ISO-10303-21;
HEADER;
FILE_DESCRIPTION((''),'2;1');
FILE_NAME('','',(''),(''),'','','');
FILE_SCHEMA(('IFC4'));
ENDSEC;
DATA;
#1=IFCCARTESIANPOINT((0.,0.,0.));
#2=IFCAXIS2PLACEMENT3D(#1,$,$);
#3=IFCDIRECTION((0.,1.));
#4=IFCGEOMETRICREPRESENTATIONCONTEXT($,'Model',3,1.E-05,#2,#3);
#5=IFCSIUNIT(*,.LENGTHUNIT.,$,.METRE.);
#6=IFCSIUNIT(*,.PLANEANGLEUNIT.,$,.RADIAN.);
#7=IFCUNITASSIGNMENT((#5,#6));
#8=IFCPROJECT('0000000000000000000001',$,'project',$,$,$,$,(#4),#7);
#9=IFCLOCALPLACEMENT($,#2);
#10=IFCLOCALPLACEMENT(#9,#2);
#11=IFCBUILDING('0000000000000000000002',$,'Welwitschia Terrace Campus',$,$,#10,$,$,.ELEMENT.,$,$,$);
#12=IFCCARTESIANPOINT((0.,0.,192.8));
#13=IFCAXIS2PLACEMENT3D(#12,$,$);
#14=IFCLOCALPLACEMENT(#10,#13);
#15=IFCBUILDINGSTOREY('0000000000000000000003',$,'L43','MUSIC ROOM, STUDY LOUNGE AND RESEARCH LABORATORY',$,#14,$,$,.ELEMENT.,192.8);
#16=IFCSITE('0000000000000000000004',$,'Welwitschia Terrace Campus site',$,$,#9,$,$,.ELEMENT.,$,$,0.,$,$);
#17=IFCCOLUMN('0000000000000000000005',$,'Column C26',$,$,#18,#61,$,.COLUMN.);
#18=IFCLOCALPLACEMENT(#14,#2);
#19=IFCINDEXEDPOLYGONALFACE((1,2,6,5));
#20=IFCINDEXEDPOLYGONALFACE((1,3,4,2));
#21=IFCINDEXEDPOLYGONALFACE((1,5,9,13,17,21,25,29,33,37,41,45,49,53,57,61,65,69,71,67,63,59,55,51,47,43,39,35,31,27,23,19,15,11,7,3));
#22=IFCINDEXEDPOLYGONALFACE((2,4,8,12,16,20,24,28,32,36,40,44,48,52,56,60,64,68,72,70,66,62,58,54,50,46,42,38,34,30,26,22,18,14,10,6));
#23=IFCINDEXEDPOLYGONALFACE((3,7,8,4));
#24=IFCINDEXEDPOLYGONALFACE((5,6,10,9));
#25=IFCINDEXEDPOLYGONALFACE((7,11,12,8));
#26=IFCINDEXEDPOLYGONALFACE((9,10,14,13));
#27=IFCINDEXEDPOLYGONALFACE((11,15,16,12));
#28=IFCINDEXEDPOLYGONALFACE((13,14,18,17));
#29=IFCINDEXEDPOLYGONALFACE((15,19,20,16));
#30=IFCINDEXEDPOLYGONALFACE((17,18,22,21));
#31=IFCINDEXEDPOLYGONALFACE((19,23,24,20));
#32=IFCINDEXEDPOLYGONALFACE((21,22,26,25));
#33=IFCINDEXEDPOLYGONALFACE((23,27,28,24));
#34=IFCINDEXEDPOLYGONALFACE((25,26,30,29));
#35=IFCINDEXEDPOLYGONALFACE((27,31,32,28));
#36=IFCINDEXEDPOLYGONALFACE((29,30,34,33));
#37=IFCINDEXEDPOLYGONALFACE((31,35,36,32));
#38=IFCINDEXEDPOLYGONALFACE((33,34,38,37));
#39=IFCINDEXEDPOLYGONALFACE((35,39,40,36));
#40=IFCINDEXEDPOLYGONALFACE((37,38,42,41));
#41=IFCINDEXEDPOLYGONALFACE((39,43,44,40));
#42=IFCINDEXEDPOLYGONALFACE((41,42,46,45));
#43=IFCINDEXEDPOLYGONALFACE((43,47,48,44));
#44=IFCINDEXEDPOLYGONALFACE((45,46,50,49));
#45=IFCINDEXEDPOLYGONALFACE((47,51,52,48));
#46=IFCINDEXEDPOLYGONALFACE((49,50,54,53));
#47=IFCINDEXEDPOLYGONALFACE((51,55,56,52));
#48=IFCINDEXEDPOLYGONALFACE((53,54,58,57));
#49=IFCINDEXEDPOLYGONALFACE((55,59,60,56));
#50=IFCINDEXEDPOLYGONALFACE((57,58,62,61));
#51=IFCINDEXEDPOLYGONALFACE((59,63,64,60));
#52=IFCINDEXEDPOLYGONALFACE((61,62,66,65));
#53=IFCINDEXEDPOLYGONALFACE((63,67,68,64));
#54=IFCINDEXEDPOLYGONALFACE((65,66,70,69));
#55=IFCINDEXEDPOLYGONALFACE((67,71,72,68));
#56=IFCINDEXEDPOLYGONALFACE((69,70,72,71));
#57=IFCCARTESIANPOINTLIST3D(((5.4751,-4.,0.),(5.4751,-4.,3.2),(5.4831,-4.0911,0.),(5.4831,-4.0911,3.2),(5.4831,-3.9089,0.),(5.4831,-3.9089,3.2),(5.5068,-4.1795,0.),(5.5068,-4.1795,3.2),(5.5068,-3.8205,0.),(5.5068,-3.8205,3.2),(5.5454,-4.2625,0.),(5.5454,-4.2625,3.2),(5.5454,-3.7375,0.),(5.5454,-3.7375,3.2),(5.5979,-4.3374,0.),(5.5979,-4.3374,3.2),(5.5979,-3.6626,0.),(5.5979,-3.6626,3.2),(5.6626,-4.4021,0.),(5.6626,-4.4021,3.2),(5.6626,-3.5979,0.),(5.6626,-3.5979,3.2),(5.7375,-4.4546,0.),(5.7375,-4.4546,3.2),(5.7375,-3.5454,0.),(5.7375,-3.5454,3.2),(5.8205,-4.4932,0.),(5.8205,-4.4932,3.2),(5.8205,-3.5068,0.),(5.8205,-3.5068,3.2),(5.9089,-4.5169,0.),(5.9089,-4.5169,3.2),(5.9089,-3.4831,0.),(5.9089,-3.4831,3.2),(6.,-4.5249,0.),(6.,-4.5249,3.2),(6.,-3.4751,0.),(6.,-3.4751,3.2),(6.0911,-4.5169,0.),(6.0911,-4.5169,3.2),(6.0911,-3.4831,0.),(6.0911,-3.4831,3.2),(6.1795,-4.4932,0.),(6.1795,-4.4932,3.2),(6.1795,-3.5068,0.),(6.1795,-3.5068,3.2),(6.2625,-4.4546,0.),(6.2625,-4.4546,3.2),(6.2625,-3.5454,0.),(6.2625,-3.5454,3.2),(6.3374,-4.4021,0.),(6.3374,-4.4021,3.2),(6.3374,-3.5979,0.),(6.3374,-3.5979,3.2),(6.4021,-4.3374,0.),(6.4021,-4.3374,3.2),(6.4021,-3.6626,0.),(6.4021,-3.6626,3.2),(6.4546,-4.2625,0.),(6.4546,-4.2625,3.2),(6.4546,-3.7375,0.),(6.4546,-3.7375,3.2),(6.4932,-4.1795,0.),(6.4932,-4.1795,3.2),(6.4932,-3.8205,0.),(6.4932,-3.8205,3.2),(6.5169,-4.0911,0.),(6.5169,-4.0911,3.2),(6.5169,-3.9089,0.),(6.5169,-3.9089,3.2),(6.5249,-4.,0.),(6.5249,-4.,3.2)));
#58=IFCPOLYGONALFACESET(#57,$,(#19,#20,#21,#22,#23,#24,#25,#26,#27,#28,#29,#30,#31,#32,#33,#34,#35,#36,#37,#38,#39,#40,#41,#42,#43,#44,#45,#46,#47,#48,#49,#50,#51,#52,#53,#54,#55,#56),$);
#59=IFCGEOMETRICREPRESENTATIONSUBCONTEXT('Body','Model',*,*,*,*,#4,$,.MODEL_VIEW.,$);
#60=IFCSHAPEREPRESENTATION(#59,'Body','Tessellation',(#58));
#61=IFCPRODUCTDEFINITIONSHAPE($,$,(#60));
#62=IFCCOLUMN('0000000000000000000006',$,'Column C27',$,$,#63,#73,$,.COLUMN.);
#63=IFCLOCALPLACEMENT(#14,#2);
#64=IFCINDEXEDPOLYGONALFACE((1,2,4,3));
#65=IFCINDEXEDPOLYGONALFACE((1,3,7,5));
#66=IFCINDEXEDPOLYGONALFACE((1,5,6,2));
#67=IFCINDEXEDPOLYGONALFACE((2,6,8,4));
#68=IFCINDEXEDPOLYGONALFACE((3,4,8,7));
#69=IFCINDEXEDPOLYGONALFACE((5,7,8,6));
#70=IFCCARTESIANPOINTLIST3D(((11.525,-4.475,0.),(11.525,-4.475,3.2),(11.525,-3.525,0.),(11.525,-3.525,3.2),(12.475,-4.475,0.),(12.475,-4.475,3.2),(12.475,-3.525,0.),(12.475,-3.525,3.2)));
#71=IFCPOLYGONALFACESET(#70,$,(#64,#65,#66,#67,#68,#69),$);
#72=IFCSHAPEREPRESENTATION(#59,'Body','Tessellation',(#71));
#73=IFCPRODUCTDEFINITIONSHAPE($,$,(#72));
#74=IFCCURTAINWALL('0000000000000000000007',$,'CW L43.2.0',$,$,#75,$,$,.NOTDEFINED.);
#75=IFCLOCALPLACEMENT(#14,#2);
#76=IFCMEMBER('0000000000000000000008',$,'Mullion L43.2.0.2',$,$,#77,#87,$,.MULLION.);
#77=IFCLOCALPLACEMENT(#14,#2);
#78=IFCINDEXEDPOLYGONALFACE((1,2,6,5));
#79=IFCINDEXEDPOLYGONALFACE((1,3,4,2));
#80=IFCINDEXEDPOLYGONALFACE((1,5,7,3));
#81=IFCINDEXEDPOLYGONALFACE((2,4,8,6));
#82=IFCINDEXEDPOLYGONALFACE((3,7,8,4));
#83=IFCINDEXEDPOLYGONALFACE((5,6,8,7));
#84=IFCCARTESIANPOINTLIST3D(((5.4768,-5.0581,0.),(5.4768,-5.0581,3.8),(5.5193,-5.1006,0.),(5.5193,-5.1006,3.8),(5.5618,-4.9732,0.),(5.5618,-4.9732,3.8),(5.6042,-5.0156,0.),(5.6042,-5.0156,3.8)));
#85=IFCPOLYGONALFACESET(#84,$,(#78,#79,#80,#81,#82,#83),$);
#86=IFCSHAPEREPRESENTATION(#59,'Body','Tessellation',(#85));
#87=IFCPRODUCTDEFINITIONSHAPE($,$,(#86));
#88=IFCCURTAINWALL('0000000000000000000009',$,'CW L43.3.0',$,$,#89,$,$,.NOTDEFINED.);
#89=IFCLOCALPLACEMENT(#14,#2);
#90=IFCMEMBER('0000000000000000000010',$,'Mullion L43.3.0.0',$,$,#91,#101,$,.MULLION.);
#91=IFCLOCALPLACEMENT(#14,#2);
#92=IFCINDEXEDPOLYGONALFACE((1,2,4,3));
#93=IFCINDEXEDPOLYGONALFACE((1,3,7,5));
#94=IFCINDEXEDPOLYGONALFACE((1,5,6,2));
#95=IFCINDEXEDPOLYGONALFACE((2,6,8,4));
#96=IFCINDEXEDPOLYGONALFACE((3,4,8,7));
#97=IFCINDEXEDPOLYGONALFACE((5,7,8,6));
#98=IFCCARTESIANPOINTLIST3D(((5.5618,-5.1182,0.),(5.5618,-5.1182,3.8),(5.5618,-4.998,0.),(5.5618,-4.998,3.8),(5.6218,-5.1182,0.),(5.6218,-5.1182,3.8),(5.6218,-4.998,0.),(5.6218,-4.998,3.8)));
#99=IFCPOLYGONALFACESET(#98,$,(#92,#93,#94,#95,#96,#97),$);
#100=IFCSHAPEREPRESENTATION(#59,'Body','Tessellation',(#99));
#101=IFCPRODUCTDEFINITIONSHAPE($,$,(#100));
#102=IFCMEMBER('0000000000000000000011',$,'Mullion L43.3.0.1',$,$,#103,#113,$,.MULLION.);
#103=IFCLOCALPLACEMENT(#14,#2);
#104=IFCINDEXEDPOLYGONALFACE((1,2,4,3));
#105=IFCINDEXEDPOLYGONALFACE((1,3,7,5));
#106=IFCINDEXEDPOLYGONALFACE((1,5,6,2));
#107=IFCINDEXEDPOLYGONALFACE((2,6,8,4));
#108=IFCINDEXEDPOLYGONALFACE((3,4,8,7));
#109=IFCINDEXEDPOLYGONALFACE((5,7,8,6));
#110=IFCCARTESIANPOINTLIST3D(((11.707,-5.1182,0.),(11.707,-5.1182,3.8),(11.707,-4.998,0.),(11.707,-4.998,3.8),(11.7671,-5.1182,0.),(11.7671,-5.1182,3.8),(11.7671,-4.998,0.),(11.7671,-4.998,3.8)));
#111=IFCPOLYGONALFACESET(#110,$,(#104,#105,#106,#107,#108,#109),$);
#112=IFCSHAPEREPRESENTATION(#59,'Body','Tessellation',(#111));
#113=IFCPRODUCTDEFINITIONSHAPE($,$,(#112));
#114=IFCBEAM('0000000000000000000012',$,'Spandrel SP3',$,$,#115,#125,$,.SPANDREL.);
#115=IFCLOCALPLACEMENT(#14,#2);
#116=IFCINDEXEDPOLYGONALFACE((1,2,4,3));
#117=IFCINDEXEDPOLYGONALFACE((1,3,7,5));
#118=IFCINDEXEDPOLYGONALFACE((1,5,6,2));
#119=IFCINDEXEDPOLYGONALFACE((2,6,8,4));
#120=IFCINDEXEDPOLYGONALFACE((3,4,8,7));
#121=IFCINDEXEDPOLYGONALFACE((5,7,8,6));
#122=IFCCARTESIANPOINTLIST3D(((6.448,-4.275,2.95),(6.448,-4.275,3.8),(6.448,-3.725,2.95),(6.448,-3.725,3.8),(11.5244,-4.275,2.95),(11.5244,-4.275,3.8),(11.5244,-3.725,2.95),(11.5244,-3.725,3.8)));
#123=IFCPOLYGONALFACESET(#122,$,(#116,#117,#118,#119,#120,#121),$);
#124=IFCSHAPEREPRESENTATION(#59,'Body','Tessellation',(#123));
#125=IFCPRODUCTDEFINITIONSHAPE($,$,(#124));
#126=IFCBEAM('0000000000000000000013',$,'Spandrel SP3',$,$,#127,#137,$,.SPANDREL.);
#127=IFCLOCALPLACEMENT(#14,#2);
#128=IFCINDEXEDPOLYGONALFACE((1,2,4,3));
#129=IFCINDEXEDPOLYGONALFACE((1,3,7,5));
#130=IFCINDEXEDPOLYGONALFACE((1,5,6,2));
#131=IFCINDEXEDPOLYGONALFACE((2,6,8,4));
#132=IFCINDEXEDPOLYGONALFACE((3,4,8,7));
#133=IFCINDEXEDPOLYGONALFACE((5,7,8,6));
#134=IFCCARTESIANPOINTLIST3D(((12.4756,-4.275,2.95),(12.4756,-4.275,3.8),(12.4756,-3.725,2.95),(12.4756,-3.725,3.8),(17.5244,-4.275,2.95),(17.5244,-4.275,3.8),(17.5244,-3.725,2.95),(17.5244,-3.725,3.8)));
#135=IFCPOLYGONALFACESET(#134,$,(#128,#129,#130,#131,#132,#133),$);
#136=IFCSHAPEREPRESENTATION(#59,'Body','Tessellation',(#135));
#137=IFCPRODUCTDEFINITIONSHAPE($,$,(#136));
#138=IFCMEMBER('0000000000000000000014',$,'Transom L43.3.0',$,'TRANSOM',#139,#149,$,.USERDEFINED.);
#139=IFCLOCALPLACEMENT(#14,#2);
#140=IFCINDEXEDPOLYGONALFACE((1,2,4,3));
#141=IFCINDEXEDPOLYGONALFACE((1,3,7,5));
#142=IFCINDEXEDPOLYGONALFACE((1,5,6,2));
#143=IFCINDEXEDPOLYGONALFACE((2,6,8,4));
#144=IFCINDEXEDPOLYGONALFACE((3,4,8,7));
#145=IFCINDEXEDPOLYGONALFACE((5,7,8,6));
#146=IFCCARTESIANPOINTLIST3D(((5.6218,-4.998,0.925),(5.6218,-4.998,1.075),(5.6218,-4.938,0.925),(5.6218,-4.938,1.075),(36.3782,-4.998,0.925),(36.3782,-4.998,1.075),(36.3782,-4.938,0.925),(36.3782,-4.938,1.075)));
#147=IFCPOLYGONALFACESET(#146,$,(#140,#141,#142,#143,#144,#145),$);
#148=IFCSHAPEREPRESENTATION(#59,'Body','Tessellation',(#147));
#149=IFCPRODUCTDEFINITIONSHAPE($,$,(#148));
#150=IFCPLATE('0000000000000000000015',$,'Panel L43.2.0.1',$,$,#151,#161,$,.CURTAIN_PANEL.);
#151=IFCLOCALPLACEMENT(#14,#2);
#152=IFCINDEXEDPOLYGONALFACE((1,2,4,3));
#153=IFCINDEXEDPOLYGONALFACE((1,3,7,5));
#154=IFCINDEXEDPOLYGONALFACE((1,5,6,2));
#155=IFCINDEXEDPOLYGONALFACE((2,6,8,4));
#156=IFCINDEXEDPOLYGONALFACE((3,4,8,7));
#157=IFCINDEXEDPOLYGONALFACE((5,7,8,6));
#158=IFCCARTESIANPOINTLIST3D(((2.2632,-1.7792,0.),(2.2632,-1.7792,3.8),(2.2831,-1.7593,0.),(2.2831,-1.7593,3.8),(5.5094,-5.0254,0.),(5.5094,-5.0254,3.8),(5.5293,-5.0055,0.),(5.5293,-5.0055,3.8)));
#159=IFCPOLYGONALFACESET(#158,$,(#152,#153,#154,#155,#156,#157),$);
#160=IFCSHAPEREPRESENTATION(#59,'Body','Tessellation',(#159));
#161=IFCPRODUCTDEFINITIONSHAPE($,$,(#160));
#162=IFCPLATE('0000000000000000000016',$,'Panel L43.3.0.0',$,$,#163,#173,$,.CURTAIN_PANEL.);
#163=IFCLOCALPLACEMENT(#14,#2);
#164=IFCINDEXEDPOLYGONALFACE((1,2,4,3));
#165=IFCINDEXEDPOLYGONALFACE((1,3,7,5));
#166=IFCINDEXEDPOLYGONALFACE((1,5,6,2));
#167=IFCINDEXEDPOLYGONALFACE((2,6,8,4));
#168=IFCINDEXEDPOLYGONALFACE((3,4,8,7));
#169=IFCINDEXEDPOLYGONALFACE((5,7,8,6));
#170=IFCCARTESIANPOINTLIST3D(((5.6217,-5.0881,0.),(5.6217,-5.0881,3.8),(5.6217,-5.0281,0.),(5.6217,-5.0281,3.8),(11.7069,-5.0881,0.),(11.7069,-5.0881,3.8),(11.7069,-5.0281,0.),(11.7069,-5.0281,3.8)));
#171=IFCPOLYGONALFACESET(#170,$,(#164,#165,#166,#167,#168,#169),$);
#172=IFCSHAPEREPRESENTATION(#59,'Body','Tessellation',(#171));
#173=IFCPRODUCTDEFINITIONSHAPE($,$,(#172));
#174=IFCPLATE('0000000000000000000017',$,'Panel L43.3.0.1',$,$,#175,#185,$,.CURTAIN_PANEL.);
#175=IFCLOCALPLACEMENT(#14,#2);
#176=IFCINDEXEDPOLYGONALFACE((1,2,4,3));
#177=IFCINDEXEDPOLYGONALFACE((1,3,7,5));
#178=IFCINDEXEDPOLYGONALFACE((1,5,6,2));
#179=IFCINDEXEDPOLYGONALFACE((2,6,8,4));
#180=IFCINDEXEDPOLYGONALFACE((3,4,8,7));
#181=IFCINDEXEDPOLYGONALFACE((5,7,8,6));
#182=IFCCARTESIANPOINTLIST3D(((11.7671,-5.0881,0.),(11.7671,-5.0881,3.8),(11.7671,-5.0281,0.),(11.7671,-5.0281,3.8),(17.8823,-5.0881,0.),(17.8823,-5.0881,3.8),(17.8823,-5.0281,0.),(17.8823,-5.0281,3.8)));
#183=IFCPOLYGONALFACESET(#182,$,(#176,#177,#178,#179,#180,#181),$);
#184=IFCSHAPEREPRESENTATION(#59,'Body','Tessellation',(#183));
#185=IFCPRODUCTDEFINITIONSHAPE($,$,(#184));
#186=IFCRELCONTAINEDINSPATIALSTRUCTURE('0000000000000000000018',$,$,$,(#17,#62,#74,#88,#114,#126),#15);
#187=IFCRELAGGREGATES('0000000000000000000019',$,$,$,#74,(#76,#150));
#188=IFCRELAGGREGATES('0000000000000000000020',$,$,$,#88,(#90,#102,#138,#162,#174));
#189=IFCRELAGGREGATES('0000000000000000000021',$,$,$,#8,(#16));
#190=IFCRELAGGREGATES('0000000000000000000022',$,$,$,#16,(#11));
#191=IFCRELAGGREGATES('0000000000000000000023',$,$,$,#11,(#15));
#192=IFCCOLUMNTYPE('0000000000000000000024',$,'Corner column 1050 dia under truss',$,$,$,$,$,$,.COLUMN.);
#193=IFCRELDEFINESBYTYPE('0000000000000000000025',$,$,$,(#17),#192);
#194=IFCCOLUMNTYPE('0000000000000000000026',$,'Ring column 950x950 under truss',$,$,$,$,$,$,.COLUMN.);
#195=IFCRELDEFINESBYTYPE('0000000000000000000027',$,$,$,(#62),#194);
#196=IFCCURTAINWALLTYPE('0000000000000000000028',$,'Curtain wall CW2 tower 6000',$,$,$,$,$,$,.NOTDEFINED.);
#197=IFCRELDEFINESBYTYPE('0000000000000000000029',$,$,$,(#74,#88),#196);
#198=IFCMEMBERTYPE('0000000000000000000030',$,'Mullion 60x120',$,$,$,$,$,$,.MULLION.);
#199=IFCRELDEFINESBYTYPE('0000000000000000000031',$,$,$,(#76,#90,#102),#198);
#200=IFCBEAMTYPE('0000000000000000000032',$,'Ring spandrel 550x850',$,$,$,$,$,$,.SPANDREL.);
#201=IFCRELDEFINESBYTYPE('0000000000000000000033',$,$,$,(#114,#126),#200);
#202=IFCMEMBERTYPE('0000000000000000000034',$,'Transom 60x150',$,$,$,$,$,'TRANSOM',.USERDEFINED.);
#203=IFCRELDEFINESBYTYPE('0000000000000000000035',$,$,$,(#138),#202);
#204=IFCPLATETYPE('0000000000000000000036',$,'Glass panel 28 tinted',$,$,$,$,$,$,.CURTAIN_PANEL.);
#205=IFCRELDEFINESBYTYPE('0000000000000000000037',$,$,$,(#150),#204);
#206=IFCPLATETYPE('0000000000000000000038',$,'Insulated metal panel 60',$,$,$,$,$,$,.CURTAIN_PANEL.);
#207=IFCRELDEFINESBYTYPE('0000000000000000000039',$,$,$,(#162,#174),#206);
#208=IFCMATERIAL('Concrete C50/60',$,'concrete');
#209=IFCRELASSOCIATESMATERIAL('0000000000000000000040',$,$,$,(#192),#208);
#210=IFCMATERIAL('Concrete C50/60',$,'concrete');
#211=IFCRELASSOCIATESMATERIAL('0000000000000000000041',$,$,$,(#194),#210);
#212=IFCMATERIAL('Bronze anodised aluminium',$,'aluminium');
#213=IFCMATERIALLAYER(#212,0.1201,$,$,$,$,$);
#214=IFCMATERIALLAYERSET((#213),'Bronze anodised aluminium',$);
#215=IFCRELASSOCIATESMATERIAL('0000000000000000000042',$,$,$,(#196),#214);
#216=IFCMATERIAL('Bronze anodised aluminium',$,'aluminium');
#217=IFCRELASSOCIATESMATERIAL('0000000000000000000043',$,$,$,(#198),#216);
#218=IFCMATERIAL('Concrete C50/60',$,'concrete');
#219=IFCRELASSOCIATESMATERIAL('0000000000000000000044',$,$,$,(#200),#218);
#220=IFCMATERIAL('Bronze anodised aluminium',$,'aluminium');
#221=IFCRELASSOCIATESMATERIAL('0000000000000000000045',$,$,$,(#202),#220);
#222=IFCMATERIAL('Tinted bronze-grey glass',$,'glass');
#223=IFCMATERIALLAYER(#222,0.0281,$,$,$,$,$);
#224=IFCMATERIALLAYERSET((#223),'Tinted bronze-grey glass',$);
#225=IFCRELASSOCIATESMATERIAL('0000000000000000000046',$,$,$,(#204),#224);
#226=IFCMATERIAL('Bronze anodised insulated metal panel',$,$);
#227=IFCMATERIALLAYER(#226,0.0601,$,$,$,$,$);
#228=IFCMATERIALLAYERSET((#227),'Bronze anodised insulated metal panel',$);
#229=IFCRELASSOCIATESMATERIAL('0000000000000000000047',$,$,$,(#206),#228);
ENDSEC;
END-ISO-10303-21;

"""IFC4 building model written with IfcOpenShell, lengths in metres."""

from ifc_helpers import new_model, si_unit, direction, frame, origin, origin_2d, place, context, subcontext, project, spatial, rectangle, circle, extrude, material, layer, layer_set, material_profile, profile_set, type_object, element, aggregate, save


model = new_model("IFC4")

# Units and contexts
model_context = context("Model", 3, precision=1e-05, world=origin(), true_north=direction((0.0, 1.0)))
body_context = subcontext(model_context, "Body", "Model", "MODEL_VIEW")
ifc_project = project(units=[si_unit("LENGTHUNIT", "METRE"), si_unit("PLANEANGLEUNIT", "RADIAN")], contexts=[model_context])

# Site, building, storey
site_placement = place(None, origin())
site = spatial("IfcSite", under=ifc_project, at=site_placement, Name="Welwitschia Terrace Campus site", CompositionType="ELEMENT", RefElevation=0.0)
building_placement = place(site_placement, origin())
building = spatial("IfcBuilding", under=site, at=building_placement, Name="Welwitschia Terrace Campus", CompositionType="ELEMENT")
storey_placement = place(building_placement, frame((0.0, 0.0, 192.8)))
storey = spatial("IfcBuildingStorey", under=building, at=storey_placement, Name="L43", Description="MUSIC ROOM, STUDY LOUNGE AND RESEARCH LABORATORY", CompositionType="ELEMENT", Elevation=192.8)

# Columns
ifc_material_1 = material(Name="Concrete C50/60", Category="concrete")
ifc_material_profile_1 = material_profile(ifc_material_1, circle(Radius=0.5249, at=origin_2d()))
ifc_profile_set_1 = profile_set([ifc_material_profile_1], Name="Concrete C50/60")
column_type_1 = type_object("IfcColumnType", Name="Corner column 1050 dia under truss", PredefinedType="COLUMN", material=ifc_profile_set_1)
column_1_placement = place(storey_placement, frame((6.0, -4.0, 0.0), z_axis=(0.0, 0.0, 1.0), x_axis=(1.0, 0.0, 0.0)))
element("IfcColumn", 1, at=column_1_placement, inside=storey, type_object=column_type_1, Name="Column C26", PredefinedType="COLUMN", context=body_context, shape_type="SweptSolid", body=[
    extrude(circle(Radius=0.5249, at=origin_2d()), origin(), (0.0, 0.0, 1.0), 3.2),
])
ifc_material_2 = material(Name="Concrete C50/60", Category="concrete")
ifc_material_profile_2 = material_profile(ifc_material_2, rectangle(XDim=0.95, YDim=0.95, at=origin_2d()))
ifc_profile_set_2 = profile_set([ifc_material_profile_2], Name="Concrete C50/60")
column_type_2 = type_object("IfcColumnType", Name="Ring column 950x950 under truss", PredefinedType="COLUMN", material=ifc_profile_set_2)
column_2_placement = place(storey_placement, frame((12.0, -4.0, 0.0), z_axis=(0.0, 0.0, 1.0), x_axis=(1.0, 0.0, 0.0)))
element("IfcColumn", 2, at=column_2_placement, inside=storey, type_object=column_type_2, Name="Column C27", PredefinedType="COLUMN", context=body_context, shape_type="SweptSolid", body=[
    extrude(rectangle(XDim=0.95, YDim=0.95, at=origin_2d()), origin(), (0.0, 0.0, 1.0), 3.2),
])

# Curtain wall, member
ifc_material_3 = material(Name="Bronze anodised aluminium", Category="aluminium")
ifc_layer_1 = layer(ifc_material_3, 0.1201)
ifc_layer_set_1 = layer_set([ifc_layer_1], Name="Bronze anodised aluminium")
curtain_wall_type = type_object("IfcCurtainWallType", Name="Curtain wall CW2 tower 6000", PredefinedType="NOTDEFINED", material=ifc_layer_set_1)
curtain_wall_1_placement = place(storey_placement, origin())
curtain_wall_1 = element("IfcCurtainWall", 3, at=curtain_wall_1_placement, inside=storey, type_object=curtain_wall_type, Name="CW L43.2.0", PredefinedType="NOTDEFINED")
ifc_material_4 = material(Name="Bronze anodised aluminium", Category="aluminium")
ifc_material_profile_3 = material_profile(ifc_material_4, rectangle(XDim=0.1201, YDim=0.0601, at=origin_2d()))
ifc_profile_set_3 = profile_set([ifc_material_profile_3], Name="Bronze anodised aluminium")
member_type_1 = type_object("IfcMemberType", Name="Mullion 60x120", PredefinedType="MULLION", material=ifc_profile_set_3)
member_1_placement = place(storey_placement, frame((5.5405, -5.0369, 0.0), z_axis=(0.0, 0.0, 1.0), x_axis=(0.707107, 0.707107, 0.0)))
member_1 = element("IfcMember", 4, at=member_1_placement, type_object=member_type_1, Name="Mullion L43.2.0.2", PredefinedType="MULLION", context=body_context, shape_type="SweptSolid", body=[
    extrude(rectangle(XDim=0.1201, YDim=0.0601, at=origin_2d()), origin(), (0.0, 0.0, 1.0), 3.8),
])

# Curtain wall, members
curtain_wall_2_placement = place(storey_placement, origin())
curtain_wall_2 = element("IfcCurtainWall", 5, at=curtain_wall_2_placement, inside=storey, type_object=curtain_wall_type, Name="CW L43.3.0", PredefinedType="NOTDEFINED")
member_2_placement = place(storey_placement, frame((5.5918, -5.0581, 0.0), z_axis=(0.0, 0.0, 1.0), x_axis=(0.0, 1.0, 0.0)))
member_2 = element("IfcMember", 6, at=member_2_placement, type_object=member_type_1, Name="Mullion L43.3.0.0", PredefinedType="MULLION", context=body_context, shape_type="SweptSolid", body=[
    extrude(rectangle(XDim=0.1201, YDim=0.0601, at=origin_2d()), origin(), (0.0, 0.0, 1.0), 3.8),
])
member_3_placement = place(storey_placement, frame((11.7371, -5.0581, 0.0), z_axis=(0.0, 0.0, 1.0), x_axis=(0.0, 1.0, 0.0)))
member_3 = element("IfcMember", 7, at=member_3_placement, type_object=member_type_1, Name="Mullion L43.3.0.1", PredefinedType="MULLION", context=body_context, shape_type="SweptSolid", body=[
    extrude(rectangle(XDim=0.1201, YDim=0.0601, at=origin_2d()), origin(), (0.0, 0.0, 1.0), 3.8),
])

# Beams
ifc_material_5 = material(Name="Concrete C50/60", Category="concrete")
ifc_material_profile_4 = material_profile(ifc_material_5, rectangle(XDim=0.55, YDim=0.8501, at=origin_2d()))
ifc_profile_set_4 = profile_set([ifc_material_profile_4], Name="Concrete C50/60")
beam_type = type_object("IfcBeamType", Name="Ring spandrel 550x850", PredefinedType="SPANDREL", material=ifc_profile_set_4)
beam_1_placement = place(storey_placement, frame((6.448, -4.0, 3.375), z_axis=(1.0, 0.0, 0.0), x_axis=(0.0, 1.0, 0.0)))
element("IfcBeam", 8, at=beam_1_placement, inside=storey, type_object=beam_type, Name="Spandrel SP3", PredefinedType="SPANDREL", context=body_context, shape_type="SweptSolid", body=[
    extrude(rectangle(XDim=0.55, YDim=0.8501, at=origin_2d()), origin(), (0.0, 0.0, 1.0), 5.0764),
])
beam_2_placement = place(storey_placement, frame((12.4756, -4.0, 3.375), z_axis=(1.0, 0.0, 0.0), x_axis=(0.0, 1.0, 0.0)))
element("IfcBeam", 9, at=beam_2_placement, inside=storey, type_object=beam_type, Name="Spandrel SP3", PredefinedType="SPANDREL", context=body_context, shape_type="SweptSolid", body=[
    extrude(rectangle(XDim=0.55, YDim=0.8501, at=origin_2d()), origin(), (0.0, 0.0, 1.0), 5.0488),
])

# Member
ifc_material_6 = material(Name="Bronze anodised aluminium", Category="aluminium")
ifc_material_profile_5 = material_profile(ifc_material_6, rectangle(XDim=0.0601, YDim=0.1499, at=origin_2d()))
ifc_profile_set_5 = profile_set([ifc_material_profile_5], Name="Bronze anodised aluminium")
member_type_2 = type_object("IfcMemberType", Name="Transom 60x150", ElementType="TRANSOM", PredefinedType="USERDEFINED", material=ifc_profile_set_5)
member_4_placement = place(storey_placement, frame((5.6218, -4.968, 1.0), z_axis=(1.0, 0.0, 0.0), x_axis=(0.0, 1.0, 0.0)))
member_4 = element("IfcMember", 10, at=member_4_placement, type_object=member_type_2, Name="Transom L43.3.0", ObjectType="TRANSOM", PredefinedType="USERDEFINED", context=body_context, shape_type="SweptSolid", body=[
    extrude(rectangle(XDim=0.0601, YDim=0.1499, at=origin_2d()), origin(), (0.0, 0.0, 1.0), 30.7563),
])

# Plates
ifc_material_7 = material(Name="Tinted bronze-grey glass", Category="glass")
ifc_layer_2 = layer(ifc_material_7, 0.0281)
ifc_layer_set_2 = layer_set([ifc_layer_2], Name="Tinted bronze-grey glass")
plate_type_1 = type_object("IfcPlateType", Name="Glass panel 28 tinted", PredefinedType="CURTAIN_PANEL", material=ifc_layer_set_2)
plate_1_placement = place(storey_placement, frame((3.8962, -3.3923, 0.0), z_axis=(0.0, 0.0, 1.0), x_axis=(0.707107, -0.707107, 0.0)))
plate_1 = element("IfcPlate", 11, at=plate_1_placement, type_object=plate_type_1, Name="Panel L43.2.0.1", PredefinedType="CURTAIN_PANEL", context=body_context, shape_type="SweptSolid", body=[
    extrude(rectangle(XDim=4.5908, YDim=0.0281, at=origin_2d()), origin(), (0.0, 0.0, 1.0), 3.8),
])
aggregate(curtain_wall_1, [member_1, plate_1])
ifc_material_8 = material(Name="Bronze anodised insulated metal panel")
ifc_layer_3 = layer(ifc_material_8, 0.0601)
ifc_layer_set_3 = layer_set([ifc_layer_3], Name="Bronze anodised insulated metal panel")
plate_type_2 = type_object("IfcPlateType", Name="Insulated metal panel 60", PredefinedType="CURTAIN_PANEL", material=ifc_layer_set_3)
plate_2_placement = place(storey_placement, frame((8.6643, -5.0581, 0.0), z_axis=(0.0, 0.0, 1.0), x_axis=(1.0, 0.0, 0.0)))
plate_2 = element("IfcPlate", 12, at=plate_2_placement, type_object=plate_type_2, Name="Panel L43.3.0.0", PredefinedType="CURTAIN_PANEL", context=body_context, shape_type="SweptSolid", body=[
    extrude(rectangle(XDim=6.0852, YDim=0.0601, at=origin_2d()), origin(), (0.0, 0.0, 1.0), 3.8),
])
plate_3_placement = place(storey_placement, frame((14.8247, -5.0581, 0.0), z_axis=(0.0, 0.0, 1.0), x_axis=(1.0, 0.0, 0.0)))
plate_3 = element("IfcPlate", 13, at=plate_3_placement, type_object=plate_type_2, Name="Panel L43.3.0.1", PredefinedType="CURTAIN_PANEL", context=body_context, shape_type="SweptSolid", body=[
    extrude(rectangle(XDim=6.1152, YDim=0.0601, at=origin_2d()), origin(), (0.0, 0.0, 1.0), 3.8),
])
aggregate(curtain_wall_2, [member_2, member_3, member_4, plate_2, plate_3])

save(model, "model.ifc")
